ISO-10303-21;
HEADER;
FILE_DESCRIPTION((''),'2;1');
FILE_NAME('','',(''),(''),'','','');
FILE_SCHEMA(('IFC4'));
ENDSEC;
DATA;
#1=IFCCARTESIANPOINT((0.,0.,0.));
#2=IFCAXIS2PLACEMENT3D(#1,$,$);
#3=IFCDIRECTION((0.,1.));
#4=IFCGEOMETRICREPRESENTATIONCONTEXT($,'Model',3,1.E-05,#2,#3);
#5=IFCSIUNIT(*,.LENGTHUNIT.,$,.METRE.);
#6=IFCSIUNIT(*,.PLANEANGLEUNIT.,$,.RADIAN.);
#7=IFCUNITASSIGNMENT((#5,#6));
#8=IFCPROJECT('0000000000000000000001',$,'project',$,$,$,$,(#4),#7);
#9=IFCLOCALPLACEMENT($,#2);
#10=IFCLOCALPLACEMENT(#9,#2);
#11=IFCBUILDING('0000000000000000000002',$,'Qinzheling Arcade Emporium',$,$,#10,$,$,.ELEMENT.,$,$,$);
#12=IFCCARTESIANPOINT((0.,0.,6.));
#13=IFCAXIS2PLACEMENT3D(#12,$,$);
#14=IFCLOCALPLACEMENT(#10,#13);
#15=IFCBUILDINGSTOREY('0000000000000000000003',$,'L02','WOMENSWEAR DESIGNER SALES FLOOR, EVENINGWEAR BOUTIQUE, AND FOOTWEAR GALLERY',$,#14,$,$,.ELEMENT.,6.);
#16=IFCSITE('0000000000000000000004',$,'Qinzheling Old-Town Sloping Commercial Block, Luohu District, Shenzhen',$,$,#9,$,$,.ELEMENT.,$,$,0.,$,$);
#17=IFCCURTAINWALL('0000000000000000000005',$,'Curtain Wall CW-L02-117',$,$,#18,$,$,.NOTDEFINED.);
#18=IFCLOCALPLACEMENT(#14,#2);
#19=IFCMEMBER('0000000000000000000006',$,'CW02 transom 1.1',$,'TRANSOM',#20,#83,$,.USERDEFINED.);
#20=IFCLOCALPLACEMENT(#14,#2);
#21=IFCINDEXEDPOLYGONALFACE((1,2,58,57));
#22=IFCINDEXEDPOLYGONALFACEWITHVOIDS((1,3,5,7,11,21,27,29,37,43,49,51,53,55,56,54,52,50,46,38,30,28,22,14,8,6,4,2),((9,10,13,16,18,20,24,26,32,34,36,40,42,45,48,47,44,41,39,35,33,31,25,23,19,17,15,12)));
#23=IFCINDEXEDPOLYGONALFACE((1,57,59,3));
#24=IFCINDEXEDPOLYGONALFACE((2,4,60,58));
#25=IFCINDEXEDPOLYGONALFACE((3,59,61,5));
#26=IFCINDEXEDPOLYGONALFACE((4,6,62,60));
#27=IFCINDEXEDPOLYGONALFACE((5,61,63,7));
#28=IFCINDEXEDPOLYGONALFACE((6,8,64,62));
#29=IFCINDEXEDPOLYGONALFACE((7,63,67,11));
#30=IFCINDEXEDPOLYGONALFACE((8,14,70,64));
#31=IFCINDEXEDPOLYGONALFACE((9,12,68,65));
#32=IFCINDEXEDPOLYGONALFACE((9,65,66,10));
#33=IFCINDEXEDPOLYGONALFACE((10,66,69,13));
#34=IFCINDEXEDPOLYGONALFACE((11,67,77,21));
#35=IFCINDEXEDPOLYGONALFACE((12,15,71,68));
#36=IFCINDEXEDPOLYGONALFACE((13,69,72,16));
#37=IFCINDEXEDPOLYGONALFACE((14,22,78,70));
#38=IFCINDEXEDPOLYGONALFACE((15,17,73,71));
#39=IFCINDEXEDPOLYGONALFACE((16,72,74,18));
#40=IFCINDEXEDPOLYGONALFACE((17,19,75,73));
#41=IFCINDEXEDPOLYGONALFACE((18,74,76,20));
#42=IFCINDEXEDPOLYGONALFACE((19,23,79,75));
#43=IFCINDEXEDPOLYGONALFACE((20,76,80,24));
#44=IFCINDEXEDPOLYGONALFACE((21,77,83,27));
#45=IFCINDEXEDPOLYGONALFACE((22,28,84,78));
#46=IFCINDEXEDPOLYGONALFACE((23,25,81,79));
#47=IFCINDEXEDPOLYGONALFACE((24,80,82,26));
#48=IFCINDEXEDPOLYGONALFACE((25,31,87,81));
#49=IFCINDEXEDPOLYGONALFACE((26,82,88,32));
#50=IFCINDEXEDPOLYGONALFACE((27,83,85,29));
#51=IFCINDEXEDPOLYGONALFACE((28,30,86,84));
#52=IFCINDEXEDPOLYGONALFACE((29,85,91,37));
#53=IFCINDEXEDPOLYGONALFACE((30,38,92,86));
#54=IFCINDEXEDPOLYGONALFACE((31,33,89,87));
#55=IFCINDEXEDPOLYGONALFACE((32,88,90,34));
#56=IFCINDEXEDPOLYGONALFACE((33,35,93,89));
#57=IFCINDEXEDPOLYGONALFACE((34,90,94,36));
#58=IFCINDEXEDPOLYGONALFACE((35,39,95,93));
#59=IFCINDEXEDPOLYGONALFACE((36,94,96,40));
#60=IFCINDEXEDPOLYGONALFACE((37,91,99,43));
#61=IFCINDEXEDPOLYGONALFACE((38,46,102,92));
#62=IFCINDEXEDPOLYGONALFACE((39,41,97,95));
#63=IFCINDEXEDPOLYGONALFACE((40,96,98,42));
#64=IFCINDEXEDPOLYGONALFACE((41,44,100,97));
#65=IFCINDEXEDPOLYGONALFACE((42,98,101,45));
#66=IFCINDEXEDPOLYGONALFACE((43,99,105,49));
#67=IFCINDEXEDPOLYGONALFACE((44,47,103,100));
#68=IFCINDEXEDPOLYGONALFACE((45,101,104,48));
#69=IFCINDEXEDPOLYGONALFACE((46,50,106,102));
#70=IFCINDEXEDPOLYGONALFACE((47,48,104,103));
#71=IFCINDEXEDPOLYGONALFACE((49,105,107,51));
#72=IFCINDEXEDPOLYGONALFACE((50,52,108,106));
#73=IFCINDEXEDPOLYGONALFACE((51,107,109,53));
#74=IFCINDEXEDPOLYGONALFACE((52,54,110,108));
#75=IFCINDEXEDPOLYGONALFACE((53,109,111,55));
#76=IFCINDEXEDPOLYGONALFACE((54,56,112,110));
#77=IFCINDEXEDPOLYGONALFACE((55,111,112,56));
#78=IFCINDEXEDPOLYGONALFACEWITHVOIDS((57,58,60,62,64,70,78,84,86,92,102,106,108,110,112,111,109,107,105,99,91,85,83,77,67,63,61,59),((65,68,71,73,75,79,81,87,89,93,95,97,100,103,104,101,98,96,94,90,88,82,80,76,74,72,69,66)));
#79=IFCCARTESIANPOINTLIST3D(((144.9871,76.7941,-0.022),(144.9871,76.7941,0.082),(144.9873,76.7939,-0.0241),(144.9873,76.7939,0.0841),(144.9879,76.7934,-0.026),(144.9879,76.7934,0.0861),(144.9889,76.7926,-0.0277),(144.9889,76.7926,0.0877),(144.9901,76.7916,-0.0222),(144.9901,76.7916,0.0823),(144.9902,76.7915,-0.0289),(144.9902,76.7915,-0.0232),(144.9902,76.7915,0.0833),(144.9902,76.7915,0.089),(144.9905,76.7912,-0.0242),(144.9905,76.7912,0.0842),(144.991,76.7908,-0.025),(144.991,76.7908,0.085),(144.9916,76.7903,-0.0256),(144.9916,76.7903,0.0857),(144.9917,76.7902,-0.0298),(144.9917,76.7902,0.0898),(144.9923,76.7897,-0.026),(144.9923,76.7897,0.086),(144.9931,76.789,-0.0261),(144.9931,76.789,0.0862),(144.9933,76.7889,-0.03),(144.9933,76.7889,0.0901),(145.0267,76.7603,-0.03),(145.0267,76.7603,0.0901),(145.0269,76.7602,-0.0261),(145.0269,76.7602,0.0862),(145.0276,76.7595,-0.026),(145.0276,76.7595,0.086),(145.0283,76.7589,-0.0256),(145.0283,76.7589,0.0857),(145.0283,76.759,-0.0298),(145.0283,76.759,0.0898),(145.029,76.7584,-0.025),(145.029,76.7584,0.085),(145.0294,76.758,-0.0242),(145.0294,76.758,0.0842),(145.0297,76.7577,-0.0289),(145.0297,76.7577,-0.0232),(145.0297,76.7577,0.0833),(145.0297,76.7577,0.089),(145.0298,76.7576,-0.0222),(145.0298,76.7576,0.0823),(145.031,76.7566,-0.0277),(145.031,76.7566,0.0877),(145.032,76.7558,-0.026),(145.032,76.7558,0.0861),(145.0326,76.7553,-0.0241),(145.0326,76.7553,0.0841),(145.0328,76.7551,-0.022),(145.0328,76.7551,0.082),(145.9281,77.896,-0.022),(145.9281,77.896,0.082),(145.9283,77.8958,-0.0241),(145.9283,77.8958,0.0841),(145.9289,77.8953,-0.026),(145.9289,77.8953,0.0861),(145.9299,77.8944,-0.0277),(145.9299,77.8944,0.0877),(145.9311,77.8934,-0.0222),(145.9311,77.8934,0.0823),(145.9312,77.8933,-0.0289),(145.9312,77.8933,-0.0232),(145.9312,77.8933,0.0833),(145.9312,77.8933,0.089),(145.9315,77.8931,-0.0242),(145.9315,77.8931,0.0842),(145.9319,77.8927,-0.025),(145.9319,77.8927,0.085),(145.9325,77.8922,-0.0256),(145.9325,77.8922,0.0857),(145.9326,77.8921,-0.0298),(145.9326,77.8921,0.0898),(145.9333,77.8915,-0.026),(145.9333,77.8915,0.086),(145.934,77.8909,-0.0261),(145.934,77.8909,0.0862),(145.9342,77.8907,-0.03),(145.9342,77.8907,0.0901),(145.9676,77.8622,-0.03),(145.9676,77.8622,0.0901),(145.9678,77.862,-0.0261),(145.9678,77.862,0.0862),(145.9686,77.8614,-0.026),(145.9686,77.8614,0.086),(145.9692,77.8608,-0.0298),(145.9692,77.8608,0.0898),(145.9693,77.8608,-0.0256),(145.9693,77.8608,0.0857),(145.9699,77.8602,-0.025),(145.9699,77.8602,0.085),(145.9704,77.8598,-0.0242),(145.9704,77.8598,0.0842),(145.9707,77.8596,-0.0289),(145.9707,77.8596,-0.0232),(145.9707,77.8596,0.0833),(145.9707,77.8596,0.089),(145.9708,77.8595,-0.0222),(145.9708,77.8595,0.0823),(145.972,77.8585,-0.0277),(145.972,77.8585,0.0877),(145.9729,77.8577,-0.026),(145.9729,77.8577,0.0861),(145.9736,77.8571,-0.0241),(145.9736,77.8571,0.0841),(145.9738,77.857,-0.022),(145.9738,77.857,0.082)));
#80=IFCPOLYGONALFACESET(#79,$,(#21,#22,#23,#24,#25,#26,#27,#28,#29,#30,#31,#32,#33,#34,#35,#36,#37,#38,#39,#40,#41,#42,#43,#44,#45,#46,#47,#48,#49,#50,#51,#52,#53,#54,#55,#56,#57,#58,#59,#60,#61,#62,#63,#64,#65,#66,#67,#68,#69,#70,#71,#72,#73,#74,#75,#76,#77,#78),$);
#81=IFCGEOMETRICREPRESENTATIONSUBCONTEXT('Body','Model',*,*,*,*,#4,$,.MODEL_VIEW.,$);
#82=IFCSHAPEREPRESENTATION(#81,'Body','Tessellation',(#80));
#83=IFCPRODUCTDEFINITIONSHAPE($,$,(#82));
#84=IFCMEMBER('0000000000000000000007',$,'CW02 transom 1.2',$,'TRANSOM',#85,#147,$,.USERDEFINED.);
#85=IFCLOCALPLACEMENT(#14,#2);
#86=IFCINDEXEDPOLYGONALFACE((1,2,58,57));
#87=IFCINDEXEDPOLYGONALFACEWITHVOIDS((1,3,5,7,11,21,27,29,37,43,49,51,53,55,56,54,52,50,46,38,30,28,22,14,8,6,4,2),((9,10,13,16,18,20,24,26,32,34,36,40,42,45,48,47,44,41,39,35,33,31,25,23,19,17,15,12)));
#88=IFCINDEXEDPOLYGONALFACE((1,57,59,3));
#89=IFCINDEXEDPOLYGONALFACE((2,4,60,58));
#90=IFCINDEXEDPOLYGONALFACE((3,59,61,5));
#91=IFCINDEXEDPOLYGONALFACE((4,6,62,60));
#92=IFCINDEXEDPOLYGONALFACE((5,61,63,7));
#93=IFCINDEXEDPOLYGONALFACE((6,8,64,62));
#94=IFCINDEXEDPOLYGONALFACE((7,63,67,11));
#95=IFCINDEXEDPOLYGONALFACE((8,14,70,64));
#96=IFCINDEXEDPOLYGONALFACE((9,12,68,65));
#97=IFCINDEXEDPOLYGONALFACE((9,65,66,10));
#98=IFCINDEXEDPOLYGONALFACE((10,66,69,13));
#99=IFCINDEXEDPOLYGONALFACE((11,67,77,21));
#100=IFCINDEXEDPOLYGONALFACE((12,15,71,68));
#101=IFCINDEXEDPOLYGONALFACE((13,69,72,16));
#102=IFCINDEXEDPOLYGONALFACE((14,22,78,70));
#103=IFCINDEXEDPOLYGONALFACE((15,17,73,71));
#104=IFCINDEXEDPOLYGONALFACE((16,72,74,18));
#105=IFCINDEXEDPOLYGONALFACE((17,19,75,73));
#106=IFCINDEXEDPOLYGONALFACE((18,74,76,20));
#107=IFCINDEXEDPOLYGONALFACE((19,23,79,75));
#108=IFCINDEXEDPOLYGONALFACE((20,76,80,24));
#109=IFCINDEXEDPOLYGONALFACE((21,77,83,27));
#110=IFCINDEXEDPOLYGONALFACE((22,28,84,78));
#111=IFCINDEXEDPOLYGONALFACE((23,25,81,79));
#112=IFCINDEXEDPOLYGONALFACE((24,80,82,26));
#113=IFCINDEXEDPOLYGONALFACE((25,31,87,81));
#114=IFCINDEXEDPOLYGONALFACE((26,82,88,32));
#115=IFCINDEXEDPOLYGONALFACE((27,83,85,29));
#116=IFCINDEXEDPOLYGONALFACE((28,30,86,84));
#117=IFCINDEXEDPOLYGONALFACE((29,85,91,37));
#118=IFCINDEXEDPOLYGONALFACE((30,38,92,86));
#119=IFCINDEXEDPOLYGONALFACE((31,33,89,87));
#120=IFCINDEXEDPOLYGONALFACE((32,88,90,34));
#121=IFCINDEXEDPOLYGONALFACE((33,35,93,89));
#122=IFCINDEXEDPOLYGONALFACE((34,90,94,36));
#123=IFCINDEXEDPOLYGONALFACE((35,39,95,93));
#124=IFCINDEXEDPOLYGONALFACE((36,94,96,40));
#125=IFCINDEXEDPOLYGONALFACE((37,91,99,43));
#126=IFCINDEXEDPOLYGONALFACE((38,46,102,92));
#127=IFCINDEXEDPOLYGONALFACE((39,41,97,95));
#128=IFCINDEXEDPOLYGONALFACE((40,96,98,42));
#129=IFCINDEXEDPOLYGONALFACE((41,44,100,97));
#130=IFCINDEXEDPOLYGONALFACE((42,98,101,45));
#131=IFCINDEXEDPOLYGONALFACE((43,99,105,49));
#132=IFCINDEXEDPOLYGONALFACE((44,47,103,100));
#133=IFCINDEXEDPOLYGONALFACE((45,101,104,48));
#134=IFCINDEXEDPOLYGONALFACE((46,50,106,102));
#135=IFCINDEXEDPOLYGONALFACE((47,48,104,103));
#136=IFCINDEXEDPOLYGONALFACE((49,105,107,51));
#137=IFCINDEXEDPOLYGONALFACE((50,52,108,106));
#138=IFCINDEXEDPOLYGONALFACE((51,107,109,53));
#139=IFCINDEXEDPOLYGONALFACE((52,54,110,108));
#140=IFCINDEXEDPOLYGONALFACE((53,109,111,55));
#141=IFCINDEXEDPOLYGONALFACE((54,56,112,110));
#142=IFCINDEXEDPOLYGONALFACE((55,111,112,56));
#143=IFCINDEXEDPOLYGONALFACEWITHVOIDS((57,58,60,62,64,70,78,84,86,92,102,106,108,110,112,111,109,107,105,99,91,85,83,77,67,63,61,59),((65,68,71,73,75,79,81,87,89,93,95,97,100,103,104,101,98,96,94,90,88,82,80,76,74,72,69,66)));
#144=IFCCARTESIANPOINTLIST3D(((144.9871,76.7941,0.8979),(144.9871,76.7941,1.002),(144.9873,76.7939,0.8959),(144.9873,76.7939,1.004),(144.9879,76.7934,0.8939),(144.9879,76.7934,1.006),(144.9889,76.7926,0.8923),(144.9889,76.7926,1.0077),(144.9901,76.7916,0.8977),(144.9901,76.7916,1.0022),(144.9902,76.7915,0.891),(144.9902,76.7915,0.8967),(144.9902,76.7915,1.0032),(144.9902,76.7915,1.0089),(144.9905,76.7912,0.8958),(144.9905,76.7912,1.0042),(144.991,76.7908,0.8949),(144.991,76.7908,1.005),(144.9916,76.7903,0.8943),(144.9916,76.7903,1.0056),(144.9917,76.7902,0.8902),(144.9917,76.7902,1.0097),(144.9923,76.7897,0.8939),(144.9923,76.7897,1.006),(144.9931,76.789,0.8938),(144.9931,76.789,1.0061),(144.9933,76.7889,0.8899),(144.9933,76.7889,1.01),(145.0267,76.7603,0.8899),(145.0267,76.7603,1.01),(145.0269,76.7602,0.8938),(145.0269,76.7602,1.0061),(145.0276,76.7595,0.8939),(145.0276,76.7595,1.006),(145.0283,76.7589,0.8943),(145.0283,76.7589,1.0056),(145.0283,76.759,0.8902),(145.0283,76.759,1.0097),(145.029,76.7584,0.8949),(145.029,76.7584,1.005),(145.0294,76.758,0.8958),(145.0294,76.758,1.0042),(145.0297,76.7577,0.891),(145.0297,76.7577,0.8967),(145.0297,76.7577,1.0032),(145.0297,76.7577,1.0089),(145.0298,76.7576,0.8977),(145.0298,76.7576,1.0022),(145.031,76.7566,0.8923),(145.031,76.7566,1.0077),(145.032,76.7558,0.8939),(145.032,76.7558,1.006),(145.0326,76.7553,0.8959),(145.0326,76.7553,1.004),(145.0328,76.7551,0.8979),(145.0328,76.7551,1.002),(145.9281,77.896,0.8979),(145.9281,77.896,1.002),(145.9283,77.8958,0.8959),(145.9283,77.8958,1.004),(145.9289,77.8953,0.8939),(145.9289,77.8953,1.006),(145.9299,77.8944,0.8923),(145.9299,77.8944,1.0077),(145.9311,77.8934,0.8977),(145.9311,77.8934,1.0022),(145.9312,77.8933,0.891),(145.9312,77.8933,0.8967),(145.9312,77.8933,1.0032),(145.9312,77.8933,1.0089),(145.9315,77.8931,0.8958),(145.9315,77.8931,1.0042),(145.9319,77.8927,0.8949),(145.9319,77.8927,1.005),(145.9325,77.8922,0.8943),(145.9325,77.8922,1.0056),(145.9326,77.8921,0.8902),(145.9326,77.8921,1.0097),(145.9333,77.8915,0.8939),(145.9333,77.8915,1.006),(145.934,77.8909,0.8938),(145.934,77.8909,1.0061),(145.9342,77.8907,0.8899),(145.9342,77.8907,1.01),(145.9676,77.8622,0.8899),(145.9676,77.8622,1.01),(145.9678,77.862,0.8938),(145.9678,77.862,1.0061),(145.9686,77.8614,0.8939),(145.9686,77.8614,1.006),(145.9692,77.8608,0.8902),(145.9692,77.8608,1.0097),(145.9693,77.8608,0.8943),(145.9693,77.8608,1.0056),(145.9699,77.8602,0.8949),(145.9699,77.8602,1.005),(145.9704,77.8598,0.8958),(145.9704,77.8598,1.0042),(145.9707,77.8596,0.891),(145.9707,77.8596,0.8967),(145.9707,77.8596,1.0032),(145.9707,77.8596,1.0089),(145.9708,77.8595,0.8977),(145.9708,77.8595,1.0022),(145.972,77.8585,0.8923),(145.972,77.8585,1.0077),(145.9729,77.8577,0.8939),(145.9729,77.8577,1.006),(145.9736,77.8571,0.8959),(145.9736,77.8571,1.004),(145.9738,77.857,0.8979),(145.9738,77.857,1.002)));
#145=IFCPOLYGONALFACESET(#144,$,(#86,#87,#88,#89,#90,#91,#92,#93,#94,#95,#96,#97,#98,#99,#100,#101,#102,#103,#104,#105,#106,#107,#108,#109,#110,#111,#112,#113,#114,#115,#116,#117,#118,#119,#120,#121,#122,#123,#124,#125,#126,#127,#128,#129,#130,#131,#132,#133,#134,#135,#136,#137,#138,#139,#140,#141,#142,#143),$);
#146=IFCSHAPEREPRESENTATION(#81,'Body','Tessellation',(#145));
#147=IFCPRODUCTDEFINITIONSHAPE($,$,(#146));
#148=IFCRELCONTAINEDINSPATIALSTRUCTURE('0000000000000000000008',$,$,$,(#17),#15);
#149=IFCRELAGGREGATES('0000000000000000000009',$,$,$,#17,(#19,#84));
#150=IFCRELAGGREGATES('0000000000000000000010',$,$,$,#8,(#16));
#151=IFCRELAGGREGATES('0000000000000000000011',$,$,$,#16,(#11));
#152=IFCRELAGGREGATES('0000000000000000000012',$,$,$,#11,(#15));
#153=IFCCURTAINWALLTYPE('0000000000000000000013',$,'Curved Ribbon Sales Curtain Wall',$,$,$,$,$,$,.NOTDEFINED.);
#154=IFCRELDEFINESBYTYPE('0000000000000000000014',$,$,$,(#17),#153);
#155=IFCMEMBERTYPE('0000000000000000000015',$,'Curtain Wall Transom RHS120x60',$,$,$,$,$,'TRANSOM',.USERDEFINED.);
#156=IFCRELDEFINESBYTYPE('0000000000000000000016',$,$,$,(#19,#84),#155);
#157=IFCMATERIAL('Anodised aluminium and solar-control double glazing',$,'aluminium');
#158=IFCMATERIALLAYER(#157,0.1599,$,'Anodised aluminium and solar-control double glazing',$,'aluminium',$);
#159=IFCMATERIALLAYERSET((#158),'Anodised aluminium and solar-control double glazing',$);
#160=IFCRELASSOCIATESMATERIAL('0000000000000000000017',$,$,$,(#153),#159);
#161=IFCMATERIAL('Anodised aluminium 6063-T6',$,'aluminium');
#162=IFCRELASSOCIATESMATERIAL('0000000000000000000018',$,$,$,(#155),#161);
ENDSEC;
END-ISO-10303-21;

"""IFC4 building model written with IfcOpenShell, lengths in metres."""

from ifc_helpers import new_model, si_unit, direction, frame, origin, origin_2d, place, context, subcontext, project, spatial, hollow_rectangle, extrude, material, layer, layer_set, material_profile, profile_set, type_object, element, aggregate, save


model = new_model("IFC4")

# Units and contexts
model_context = context("Model", 3, precision=1e-05, world=origin(), true_north=direction((0.0, 1.0)))
body_context = subcontext(model_context, "Body", "Model", "MODEL_VIEW")
ifc_project = project(units=[si_unit("LENGTHUNIT", "METRE"), si_unit("PLANEANGLEUNIT", "RADIAN")], contexts=[model_context])

# Site, building, storey
site_placement = place(None, origin())
site = spatial("IfcSite", under=ifc_project, at=site_placement, Name="Qinzheling Old-Town Sloping Commercial Block, Luohu District, Shenzhen", CompositionType="ELEMENT", RefElevation=0.0)
building_placement = place(site_placement, origin())
building = spatial("IfcBuilding", under=site, at=building_placement, Name="Qinzheling Arcade Emporium", CompositionType="ELEMENT")
storey_placement = place(building_placement, frame((0.0, 0.0, 6.0)))
storey = spatial("IfcBuildingStorey", under=building, at=storey_placement, Name="L02", Description="WOMENSWEAR DESIGNER SALES FLOOR, EVENINGWEAR BOUTIQUE, AND FOOTWEAR GALLERY", CompositionType="ELEMENT", Elevation=6.0)

# Shared definitions
ifc_material_1 = material(Name="Anodised aluminium and solar-control double glazing", Category="aluminium")
ifc_layer_1 = layer(ifc_material_1, 0.1599, Name="Anodised aluminium and solar-control double glazing", Category="aluminium")
ifc_layer_set_1 = layer_set([ifc_layer_1], Name="Anodised aluminium and solar-control double glazing")
curtain_wall_type = type_object("IfcCurtainWallType", Name="Curved Ribbon Sales Curtain Wall", PredefinedType="NOTDEFINED", material=ifc_layer_set_1)
ifc_material_2 = material(Name="Anodised aluminium 6063-T6", Category="aluminium")

# Curtain wall
curtain_wall_1_placement = place(storey_placement, origin())
curtain_wall_1 = element("IfcCurtainWall", 1, at=curtain_wall_1_placement, inside=storey, type_object=curtain_wall_type, Name="Curtain Wall CW-L02-117", PredefinedType="NOTDEFINED")

# Members
ifc_material_profile_1 = material_profile(ifc_material_2, hollow_rectangle(XDim=0.0601, YDim=0.1201, WallThickness=0.0039, InnerFilletRadius=0.0039, OuterFilletRadius=0.0081, at=origin_2d()), Name="RHS 120x60x4", Category="aluminium")
ifc_profile_set_1 = profile_set([ifc_material_profile_1], Name="Anodised aluminium 6063-T6")
member_type_1 = type_object("IfcMemberType", Name="Curtain Wall Transom RHS120x60", ElementType="TRANSOM", PredefinedType="USERDEFINED", material=ifc_profile_set_1)
member_1_placement = place(storey_placement, frame((145.9509, 77.8765, 0.03), z_axis=(-0.649403, -0.760445, 0.0), x_axis=(0.760445, -0.649403, 0.0)))
member_1 = element("IfcMember", 2, at=member_1_placement, type_object=member_type_1, Name="CW02 transom 1.1", ObjectType="TRANSOM", PredefinedType="USERDEFINED", context=body_context, shape_type="SweptSolid", body=[
    extrude(hollow_rectangle(XDim=0.0601, YDim=0.1201, WallThickness=0.0039, InnerFilletRadius=0.0039, OuterFilletRadius=0.0081, at=origin_2d()), origin(), (0.0, 0.0, 1.0), 1.449),
])
member_2_placement = place(storey_placement, frame((145.9509, 77.8765, 0.95), z_axis=(-0.649403, -0.760445, 0.0), x_axis=(0.760445, -0.649403, 0.0)))
member_2 = element("IfcMember", 3, at=member_2_placement, type_object=member_type_1, Name="CW02 transom 1.2", ObjectType="TRANSOM", PredefinedType="USERDEFINED", context=body_context, shape_type="SweptSolid", body=[
    extrude(hollow_rectangle(XDim=0.0601, YDim=0.1201, WallThickness=0.0039, InnerFilletRadius=0.0039, OuterFilletRadius=0.0081, at=origin_2d()), origin(), (0.0, 0.0, 1.0), 1.449),
])

aggregate(curtain_wall_1, [member_1, member_2])

save(model, "model.ifc")
